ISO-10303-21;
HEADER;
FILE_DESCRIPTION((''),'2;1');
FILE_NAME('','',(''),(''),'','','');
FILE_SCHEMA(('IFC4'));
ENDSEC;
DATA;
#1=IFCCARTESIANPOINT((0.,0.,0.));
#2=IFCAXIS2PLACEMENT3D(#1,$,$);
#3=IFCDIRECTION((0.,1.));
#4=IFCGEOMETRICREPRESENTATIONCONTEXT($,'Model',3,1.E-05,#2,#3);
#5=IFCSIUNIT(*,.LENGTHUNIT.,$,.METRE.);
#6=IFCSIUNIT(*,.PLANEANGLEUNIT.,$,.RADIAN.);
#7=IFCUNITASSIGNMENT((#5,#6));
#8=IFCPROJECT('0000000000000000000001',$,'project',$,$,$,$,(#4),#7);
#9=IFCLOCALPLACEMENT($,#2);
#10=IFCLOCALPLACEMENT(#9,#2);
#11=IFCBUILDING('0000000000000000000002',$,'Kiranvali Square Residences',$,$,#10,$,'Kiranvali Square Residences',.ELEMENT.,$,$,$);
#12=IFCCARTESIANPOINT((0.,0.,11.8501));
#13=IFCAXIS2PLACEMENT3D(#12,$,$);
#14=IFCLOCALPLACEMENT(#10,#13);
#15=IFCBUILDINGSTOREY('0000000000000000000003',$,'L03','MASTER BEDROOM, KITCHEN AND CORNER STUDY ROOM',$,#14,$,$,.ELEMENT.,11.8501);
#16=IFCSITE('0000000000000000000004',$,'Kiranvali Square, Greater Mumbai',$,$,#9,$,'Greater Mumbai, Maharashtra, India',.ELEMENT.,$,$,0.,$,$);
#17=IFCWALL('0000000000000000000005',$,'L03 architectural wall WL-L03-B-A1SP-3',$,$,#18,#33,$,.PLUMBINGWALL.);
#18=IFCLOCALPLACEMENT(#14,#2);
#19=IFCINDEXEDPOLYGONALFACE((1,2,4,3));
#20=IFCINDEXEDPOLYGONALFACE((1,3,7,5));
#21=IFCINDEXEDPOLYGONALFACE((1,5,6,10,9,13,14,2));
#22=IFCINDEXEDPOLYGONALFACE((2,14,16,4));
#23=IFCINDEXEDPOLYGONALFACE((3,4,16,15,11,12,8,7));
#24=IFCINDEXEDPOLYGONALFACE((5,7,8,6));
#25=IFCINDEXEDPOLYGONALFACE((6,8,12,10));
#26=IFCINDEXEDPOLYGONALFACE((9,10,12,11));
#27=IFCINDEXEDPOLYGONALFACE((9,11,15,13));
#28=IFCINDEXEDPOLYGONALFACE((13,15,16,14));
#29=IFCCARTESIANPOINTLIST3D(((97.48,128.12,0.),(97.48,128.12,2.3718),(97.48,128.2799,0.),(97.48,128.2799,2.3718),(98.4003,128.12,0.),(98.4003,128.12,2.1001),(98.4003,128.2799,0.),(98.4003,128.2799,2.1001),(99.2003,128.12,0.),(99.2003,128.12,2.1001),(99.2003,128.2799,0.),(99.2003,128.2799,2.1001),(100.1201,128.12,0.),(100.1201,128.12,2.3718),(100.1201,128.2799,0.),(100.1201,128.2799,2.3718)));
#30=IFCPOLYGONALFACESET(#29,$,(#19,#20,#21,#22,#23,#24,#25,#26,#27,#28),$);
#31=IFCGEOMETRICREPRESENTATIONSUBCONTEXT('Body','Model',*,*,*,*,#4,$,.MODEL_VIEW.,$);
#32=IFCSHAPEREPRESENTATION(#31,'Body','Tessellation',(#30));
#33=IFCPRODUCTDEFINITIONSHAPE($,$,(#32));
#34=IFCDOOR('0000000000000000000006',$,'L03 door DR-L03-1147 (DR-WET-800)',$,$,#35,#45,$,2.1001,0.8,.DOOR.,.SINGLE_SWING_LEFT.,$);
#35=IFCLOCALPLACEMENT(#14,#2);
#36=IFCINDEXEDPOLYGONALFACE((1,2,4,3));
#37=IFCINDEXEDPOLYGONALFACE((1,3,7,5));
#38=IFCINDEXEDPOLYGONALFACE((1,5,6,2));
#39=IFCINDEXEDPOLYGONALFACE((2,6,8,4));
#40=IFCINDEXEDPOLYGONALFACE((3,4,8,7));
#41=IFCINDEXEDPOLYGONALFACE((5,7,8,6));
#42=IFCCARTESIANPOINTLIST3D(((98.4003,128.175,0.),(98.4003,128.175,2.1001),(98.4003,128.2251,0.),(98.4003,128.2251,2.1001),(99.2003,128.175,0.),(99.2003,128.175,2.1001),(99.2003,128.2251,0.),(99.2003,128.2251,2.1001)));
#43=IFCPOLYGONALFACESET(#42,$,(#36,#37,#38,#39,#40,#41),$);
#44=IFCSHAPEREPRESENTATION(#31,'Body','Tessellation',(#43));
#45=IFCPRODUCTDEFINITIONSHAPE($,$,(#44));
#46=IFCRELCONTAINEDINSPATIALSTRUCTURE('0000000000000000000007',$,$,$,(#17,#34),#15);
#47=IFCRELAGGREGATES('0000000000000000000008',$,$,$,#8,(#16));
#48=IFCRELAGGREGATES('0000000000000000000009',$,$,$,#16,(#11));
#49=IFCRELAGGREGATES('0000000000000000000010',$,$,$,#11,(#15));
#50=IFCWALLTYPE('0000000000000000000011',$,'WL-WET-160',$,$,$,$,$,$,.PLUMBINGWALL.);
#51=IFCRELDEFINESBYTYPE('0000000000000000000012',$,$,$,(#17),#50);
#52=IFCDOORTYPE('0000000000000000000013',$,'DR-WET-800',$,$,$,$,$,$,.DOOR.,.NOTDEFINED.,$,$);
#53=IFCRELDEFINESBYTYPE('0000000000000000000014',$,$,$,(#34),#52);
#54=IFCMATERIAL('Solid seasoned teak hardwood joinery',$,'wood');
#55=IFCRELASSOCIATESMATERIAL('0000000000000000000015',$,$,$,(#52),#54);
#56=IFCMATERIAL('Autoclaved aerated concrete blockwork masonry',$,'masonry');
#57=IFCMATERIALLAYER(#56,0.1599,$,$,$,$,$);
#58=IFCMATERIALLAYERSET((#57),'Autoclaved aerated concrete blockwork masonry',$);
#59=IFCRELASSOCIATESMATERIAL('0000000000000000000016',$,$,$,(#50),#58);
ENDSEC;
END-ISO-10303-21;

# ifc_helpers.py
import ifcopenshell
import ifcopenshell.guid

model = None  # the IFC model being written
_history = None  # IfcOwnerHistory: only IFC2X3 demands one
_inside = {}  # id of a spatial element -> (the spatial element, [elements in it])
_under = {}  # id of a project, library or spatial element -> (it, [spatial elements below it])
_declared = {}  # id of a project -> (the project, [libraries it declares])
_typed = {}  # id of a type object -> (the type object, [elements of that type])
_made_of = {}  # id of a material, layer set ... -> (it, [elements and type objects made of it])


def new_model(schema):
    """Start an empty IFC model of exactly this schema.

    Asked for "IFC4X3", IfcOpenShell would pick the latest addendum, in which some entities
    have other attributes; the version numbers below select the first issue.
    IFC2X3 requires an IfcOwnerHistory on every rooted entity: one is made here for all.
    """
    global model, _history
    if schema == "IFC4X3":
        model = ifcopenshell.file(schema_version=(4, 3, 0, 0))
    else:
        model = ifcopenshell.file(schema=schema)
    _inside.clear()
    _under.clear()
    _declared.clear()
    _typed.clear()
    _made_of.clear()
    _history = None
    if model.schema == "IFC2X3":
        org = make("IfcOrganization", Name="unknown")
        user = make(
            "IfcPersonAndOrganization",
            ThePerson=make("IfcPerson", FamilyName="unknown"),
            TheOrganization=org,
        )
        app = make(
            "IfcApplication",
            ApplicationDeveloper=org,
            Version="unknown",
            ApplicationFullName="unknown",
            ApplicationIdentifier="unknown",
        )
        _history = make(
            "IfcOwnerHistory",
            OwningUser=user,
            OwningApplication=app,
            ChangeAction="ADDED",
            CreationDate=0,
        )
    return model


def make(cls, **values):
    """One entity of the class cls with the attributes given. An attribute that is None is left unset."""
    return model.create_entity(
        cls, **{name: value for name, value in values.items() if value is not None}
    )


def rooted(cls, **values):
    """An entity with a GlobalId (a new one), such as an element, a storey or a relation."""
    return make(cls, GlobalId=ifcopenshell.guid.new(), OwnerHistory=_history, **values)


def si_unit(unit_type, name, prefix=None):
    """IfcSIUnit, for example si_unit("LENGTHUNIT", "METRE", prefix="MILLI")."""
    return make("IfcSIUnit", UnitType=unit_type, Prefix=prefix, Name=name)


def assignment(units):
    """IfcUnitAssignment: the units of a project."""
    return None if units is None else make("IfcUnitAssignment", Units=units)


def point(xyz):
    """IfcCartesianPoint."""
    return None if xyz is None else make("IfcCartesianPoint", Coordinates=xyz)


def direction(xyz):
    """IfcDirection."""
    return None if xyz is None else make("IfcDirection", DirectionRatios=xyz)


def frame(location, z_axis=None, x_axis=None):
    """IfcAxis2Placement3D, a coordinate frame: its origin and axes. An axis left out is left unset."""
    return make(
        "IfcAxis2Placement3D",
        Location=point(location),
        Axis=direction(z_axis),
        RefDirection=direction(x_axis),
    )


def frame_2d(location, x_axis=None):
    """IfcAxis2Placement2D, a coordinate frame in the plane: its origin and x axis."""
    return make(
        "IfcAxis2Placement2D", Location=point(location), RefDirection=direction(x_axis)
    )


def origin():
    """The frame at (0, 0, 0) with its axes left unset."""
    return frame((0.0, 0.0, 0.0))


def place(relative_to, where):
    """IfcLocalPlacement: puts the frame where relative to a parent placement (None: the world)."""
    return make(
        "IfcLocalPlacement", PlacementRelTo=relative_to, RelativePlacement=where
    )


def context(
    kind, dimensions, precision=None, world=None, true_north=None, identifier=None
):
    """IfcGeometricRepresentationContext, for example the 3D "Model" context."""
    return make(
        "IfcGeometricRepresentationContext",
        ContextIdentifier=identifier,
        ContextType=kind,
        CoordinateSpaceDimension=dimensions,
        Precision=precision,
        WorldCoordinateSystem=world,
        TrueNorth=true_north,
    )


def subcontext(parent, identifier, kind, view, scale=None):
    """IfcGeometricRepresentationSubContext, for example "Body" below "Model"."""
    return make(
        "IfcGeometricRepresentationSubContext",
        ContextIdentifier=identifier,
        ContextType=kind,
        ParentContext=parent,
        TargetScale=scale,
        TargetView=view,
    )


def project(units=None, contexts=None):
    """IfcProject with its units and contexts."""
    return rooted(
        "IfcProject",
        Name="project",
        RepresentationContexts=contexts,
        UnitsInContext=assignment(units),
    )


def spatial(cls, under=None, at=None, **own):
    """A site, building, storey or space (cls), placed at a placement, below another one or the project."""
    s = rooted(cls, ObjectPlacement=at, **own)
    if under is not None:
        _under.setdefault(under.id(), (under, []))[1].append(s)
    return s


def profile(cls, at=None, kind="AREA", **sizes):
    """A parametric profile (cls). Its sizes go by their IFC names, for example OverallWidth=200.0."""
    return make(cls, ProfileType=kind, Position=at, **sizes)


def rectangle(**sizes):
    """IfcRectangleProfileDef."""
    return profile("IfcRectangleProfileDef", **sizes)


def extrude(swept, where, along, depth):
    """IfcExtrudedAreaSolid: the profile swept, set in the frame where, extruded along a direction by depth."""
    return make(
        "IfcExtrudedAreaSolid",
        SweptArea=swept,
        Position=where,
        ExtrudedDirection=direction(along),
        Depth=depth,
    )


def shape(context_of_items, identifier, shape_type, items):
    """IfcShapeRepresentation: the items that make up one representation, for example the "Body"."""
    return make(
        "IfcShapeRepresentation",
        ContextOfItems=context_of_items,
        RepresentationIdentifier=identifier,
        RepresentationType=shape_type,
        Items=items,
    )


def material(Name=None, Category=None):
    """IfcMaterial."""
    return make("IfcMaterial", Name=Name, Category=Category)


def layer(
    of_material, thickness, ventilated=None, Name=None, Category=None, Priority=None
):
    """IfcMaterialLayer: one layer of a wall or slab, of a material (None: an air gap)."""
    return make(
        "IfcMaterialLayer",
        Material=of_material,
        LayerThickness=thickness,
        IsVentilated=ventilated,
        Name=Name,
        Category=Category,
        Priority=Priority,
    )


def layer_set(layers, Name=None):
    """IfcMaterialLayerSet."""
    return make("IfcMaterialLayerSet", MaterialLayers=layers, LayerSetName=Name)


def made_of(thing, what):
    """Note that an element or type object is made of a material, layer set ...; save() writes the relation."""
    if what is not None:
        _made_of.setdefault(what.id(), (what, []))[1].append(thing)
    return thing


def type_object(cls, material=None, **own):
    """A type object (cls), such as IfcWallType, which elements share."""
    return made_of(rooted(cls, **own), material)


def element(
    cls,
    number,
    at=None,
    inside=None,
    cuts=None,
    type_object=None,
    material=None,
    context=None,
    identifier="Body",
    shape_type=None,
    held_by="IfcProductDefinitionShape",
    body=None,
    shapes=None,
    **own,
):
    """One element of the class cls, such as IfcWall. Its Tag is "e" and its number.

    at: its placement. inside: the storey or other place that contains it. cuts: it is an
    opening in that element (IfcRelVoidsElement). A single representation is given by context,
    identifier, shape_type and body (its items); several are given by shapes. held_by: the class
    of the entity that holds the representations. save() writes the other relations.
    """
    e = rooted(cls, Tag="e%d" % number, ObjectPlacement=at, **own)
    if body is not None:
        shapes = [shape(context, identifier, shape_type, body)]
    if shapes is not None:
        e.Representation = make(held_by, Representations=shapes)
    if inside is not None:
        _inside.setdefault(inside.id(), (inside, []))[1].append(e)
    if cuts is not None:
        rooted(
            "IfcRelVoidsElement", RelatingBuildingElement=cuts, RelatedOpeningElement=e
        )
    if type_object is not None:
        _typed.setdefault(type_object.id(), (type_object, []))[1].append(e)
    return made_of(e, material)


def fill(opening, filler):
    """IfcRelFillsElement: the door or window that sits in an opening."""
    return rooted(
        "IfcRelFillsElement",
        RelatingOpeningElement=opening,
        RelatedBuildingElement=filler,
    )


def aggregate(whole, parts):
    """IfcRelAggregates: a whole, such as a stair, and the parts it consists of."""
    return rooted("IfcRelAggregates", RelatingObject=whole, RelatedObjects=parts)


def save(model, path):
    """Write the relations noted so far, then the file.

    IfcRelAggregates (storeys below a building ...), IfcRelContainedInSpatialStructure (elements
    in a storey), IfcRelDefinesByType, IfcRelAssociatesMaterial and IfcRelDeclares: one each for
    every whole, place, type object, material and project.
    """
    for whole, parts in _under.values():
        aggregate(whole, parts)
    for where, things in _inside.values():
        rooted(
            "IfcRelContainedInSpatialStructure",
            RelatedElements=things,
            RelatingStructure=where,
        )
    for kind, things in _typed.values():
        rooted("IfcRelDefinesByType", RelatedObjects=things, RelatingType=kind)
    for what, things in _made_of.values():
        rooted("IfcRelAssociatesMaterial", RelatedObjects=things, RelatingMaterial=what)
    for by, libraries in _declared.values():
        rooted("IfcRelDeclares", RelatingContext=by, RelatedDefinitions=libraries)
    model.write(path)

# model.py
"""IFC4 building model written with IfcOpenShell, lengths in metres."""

from ifc_helpers import new_model, si_unit, direction, frame, frame_2d, origin, place, context, subcontext, project, spatial, rectangle, extrude, material, layer, layer_set, type_object, element, fill, save


model = new_model("IFC4")

# Units and contexts
model_context = context("Model", 3, precision=1e-05, world=origin(), true_north=direction((0.0, 1.0)))
body_context = subcontext(model_context, "Body", "Model", "MODEL_VIEW")
ifc_project = project(units=[si_unit("LENGTHUNIT", "METRE"), si_unit("PLANEANGLEUNIT", "RADIAN")], contexts=[model_context])

# Site, building, storey
site_placement = place(None, origin())
site = spatial("IfcSite", under=ifc_project, at=site_placement, Name="Kiranvali Square, Greater Mumbai", LongName="Greater Mumbai, Maharashtra, India", CompositionType="ELEMENT", RefElevation=0.0)
building_placement = place(site_placement, origin())
building = spatial("IfcBuilding", under=site, at=building_placement, Name="Kiranvali Square Residences", LongName="Kiranvali Square Residences", CompositionType="ELEMENT")
storey_placement = place(building_placement, frame((0.0, 0.0, 11.8501)))
storey = spatial("IfcBuildingStorey", under=building, at=storey_placement, Name="L03", Description="MASTER BEDROOM, KITCHEN AND CORNER STUDY ROOM", CompositionType="ELEMENT", Elevation=11.8501)

# Wall, opening, door
ifc_material_1 = material(Name="Solid seasoned teak hardwood joinery", Category="wood")
door_type = type_object("IfcDoorType", Name="DR-WET-800", OperationType="NOTDEFINED", PredefinedType="DOOR", material=ifc_material_1)
ifc_material_2 = material(Name="Autoclaved aerated concrete blockwork masonry", Category="masonry")
ifc_layer_1 = layer(ifc_material_2, 0.1599)
ifc_layer_set_1 = layer_set([ifc_layer_1], Name="Autoclaved aerated concrete blockwork masonry")
wall_type_1 = type_object("IfcWallType", Name="WL-WET-160", PredefinedType="PLUMBINGWALL", material=ifc_layer_set_1)
wall_1_placement = place(storey_placement, frame((100.1201, 128.2, 0.0), z_axis=(0.0, 0.0, 1.0), x_axis=(-1.0, 0.0, 0.0)))
wall_1 = element("IfcWall", 1, at=wall_1_placement, inside=storey, type_object=wall_type_1, Name="L03 architectural wall WL-L03-B-A1SP-3", PredefinedType="PLUMBINGWALL", context=body_context, shape_type="SweptSolid", body=[
    extrude(rectangle(XDim=2.6401, YDim=0.1599, at=frame_2d((1.3201, 0.0))), origin(), (0.0, 0.0, 1.0), 2.3718),
])
opening_1_placement = place(wall_1_placement, frame((0.9199, 0.0, 0.0)))
opening_1 = element("IfcOpeningElement", 2, at=opening_1_placement, cuts=wall_1, PredefinedType="OPENING", context=body_context, shape_type="SweptSolid", body=[
    extrude(rectangle(XDim=0.8, YDim=2.1001, at=frame_2d((0.3999, 1.05))), frame((0.0, 0.0898, 0.0), z_axis=(0.0, -1.0, 0.0), x_axis=(1.0, 0.0, 0.0)), (0.0, 0.0, 1.0), 0.1799),
])
door_1_placement = place(opening_1_placement, origin())
door_1 = element("IfcDoor", 3, at=door_1_placement, inside=storey, type_object=door_type, Name="L03 door DR-L03-1147 (DR-WET-800)", OperationType="SINGLE_SWING_LEFT", OverallHeight=2.1001, OverallWidth=0.8, PredefinedType="DOOR", context=body_context, shape_type="SweptSolid", body=[
    extrude(rectangle(XDim=0.8, YDim=2.1001, at=frame_2d((0.3999, 1.05))), frame((0.0, 0.0249, 0.0), z_axis=(0.0, -1.0, 0.0), x_axis=(1.0, 0.0, 0.0)), (0.0, 0.0, 1.0), 0.05),
])
fill(opening_1, door_1)

save(model, "model.ifc")
